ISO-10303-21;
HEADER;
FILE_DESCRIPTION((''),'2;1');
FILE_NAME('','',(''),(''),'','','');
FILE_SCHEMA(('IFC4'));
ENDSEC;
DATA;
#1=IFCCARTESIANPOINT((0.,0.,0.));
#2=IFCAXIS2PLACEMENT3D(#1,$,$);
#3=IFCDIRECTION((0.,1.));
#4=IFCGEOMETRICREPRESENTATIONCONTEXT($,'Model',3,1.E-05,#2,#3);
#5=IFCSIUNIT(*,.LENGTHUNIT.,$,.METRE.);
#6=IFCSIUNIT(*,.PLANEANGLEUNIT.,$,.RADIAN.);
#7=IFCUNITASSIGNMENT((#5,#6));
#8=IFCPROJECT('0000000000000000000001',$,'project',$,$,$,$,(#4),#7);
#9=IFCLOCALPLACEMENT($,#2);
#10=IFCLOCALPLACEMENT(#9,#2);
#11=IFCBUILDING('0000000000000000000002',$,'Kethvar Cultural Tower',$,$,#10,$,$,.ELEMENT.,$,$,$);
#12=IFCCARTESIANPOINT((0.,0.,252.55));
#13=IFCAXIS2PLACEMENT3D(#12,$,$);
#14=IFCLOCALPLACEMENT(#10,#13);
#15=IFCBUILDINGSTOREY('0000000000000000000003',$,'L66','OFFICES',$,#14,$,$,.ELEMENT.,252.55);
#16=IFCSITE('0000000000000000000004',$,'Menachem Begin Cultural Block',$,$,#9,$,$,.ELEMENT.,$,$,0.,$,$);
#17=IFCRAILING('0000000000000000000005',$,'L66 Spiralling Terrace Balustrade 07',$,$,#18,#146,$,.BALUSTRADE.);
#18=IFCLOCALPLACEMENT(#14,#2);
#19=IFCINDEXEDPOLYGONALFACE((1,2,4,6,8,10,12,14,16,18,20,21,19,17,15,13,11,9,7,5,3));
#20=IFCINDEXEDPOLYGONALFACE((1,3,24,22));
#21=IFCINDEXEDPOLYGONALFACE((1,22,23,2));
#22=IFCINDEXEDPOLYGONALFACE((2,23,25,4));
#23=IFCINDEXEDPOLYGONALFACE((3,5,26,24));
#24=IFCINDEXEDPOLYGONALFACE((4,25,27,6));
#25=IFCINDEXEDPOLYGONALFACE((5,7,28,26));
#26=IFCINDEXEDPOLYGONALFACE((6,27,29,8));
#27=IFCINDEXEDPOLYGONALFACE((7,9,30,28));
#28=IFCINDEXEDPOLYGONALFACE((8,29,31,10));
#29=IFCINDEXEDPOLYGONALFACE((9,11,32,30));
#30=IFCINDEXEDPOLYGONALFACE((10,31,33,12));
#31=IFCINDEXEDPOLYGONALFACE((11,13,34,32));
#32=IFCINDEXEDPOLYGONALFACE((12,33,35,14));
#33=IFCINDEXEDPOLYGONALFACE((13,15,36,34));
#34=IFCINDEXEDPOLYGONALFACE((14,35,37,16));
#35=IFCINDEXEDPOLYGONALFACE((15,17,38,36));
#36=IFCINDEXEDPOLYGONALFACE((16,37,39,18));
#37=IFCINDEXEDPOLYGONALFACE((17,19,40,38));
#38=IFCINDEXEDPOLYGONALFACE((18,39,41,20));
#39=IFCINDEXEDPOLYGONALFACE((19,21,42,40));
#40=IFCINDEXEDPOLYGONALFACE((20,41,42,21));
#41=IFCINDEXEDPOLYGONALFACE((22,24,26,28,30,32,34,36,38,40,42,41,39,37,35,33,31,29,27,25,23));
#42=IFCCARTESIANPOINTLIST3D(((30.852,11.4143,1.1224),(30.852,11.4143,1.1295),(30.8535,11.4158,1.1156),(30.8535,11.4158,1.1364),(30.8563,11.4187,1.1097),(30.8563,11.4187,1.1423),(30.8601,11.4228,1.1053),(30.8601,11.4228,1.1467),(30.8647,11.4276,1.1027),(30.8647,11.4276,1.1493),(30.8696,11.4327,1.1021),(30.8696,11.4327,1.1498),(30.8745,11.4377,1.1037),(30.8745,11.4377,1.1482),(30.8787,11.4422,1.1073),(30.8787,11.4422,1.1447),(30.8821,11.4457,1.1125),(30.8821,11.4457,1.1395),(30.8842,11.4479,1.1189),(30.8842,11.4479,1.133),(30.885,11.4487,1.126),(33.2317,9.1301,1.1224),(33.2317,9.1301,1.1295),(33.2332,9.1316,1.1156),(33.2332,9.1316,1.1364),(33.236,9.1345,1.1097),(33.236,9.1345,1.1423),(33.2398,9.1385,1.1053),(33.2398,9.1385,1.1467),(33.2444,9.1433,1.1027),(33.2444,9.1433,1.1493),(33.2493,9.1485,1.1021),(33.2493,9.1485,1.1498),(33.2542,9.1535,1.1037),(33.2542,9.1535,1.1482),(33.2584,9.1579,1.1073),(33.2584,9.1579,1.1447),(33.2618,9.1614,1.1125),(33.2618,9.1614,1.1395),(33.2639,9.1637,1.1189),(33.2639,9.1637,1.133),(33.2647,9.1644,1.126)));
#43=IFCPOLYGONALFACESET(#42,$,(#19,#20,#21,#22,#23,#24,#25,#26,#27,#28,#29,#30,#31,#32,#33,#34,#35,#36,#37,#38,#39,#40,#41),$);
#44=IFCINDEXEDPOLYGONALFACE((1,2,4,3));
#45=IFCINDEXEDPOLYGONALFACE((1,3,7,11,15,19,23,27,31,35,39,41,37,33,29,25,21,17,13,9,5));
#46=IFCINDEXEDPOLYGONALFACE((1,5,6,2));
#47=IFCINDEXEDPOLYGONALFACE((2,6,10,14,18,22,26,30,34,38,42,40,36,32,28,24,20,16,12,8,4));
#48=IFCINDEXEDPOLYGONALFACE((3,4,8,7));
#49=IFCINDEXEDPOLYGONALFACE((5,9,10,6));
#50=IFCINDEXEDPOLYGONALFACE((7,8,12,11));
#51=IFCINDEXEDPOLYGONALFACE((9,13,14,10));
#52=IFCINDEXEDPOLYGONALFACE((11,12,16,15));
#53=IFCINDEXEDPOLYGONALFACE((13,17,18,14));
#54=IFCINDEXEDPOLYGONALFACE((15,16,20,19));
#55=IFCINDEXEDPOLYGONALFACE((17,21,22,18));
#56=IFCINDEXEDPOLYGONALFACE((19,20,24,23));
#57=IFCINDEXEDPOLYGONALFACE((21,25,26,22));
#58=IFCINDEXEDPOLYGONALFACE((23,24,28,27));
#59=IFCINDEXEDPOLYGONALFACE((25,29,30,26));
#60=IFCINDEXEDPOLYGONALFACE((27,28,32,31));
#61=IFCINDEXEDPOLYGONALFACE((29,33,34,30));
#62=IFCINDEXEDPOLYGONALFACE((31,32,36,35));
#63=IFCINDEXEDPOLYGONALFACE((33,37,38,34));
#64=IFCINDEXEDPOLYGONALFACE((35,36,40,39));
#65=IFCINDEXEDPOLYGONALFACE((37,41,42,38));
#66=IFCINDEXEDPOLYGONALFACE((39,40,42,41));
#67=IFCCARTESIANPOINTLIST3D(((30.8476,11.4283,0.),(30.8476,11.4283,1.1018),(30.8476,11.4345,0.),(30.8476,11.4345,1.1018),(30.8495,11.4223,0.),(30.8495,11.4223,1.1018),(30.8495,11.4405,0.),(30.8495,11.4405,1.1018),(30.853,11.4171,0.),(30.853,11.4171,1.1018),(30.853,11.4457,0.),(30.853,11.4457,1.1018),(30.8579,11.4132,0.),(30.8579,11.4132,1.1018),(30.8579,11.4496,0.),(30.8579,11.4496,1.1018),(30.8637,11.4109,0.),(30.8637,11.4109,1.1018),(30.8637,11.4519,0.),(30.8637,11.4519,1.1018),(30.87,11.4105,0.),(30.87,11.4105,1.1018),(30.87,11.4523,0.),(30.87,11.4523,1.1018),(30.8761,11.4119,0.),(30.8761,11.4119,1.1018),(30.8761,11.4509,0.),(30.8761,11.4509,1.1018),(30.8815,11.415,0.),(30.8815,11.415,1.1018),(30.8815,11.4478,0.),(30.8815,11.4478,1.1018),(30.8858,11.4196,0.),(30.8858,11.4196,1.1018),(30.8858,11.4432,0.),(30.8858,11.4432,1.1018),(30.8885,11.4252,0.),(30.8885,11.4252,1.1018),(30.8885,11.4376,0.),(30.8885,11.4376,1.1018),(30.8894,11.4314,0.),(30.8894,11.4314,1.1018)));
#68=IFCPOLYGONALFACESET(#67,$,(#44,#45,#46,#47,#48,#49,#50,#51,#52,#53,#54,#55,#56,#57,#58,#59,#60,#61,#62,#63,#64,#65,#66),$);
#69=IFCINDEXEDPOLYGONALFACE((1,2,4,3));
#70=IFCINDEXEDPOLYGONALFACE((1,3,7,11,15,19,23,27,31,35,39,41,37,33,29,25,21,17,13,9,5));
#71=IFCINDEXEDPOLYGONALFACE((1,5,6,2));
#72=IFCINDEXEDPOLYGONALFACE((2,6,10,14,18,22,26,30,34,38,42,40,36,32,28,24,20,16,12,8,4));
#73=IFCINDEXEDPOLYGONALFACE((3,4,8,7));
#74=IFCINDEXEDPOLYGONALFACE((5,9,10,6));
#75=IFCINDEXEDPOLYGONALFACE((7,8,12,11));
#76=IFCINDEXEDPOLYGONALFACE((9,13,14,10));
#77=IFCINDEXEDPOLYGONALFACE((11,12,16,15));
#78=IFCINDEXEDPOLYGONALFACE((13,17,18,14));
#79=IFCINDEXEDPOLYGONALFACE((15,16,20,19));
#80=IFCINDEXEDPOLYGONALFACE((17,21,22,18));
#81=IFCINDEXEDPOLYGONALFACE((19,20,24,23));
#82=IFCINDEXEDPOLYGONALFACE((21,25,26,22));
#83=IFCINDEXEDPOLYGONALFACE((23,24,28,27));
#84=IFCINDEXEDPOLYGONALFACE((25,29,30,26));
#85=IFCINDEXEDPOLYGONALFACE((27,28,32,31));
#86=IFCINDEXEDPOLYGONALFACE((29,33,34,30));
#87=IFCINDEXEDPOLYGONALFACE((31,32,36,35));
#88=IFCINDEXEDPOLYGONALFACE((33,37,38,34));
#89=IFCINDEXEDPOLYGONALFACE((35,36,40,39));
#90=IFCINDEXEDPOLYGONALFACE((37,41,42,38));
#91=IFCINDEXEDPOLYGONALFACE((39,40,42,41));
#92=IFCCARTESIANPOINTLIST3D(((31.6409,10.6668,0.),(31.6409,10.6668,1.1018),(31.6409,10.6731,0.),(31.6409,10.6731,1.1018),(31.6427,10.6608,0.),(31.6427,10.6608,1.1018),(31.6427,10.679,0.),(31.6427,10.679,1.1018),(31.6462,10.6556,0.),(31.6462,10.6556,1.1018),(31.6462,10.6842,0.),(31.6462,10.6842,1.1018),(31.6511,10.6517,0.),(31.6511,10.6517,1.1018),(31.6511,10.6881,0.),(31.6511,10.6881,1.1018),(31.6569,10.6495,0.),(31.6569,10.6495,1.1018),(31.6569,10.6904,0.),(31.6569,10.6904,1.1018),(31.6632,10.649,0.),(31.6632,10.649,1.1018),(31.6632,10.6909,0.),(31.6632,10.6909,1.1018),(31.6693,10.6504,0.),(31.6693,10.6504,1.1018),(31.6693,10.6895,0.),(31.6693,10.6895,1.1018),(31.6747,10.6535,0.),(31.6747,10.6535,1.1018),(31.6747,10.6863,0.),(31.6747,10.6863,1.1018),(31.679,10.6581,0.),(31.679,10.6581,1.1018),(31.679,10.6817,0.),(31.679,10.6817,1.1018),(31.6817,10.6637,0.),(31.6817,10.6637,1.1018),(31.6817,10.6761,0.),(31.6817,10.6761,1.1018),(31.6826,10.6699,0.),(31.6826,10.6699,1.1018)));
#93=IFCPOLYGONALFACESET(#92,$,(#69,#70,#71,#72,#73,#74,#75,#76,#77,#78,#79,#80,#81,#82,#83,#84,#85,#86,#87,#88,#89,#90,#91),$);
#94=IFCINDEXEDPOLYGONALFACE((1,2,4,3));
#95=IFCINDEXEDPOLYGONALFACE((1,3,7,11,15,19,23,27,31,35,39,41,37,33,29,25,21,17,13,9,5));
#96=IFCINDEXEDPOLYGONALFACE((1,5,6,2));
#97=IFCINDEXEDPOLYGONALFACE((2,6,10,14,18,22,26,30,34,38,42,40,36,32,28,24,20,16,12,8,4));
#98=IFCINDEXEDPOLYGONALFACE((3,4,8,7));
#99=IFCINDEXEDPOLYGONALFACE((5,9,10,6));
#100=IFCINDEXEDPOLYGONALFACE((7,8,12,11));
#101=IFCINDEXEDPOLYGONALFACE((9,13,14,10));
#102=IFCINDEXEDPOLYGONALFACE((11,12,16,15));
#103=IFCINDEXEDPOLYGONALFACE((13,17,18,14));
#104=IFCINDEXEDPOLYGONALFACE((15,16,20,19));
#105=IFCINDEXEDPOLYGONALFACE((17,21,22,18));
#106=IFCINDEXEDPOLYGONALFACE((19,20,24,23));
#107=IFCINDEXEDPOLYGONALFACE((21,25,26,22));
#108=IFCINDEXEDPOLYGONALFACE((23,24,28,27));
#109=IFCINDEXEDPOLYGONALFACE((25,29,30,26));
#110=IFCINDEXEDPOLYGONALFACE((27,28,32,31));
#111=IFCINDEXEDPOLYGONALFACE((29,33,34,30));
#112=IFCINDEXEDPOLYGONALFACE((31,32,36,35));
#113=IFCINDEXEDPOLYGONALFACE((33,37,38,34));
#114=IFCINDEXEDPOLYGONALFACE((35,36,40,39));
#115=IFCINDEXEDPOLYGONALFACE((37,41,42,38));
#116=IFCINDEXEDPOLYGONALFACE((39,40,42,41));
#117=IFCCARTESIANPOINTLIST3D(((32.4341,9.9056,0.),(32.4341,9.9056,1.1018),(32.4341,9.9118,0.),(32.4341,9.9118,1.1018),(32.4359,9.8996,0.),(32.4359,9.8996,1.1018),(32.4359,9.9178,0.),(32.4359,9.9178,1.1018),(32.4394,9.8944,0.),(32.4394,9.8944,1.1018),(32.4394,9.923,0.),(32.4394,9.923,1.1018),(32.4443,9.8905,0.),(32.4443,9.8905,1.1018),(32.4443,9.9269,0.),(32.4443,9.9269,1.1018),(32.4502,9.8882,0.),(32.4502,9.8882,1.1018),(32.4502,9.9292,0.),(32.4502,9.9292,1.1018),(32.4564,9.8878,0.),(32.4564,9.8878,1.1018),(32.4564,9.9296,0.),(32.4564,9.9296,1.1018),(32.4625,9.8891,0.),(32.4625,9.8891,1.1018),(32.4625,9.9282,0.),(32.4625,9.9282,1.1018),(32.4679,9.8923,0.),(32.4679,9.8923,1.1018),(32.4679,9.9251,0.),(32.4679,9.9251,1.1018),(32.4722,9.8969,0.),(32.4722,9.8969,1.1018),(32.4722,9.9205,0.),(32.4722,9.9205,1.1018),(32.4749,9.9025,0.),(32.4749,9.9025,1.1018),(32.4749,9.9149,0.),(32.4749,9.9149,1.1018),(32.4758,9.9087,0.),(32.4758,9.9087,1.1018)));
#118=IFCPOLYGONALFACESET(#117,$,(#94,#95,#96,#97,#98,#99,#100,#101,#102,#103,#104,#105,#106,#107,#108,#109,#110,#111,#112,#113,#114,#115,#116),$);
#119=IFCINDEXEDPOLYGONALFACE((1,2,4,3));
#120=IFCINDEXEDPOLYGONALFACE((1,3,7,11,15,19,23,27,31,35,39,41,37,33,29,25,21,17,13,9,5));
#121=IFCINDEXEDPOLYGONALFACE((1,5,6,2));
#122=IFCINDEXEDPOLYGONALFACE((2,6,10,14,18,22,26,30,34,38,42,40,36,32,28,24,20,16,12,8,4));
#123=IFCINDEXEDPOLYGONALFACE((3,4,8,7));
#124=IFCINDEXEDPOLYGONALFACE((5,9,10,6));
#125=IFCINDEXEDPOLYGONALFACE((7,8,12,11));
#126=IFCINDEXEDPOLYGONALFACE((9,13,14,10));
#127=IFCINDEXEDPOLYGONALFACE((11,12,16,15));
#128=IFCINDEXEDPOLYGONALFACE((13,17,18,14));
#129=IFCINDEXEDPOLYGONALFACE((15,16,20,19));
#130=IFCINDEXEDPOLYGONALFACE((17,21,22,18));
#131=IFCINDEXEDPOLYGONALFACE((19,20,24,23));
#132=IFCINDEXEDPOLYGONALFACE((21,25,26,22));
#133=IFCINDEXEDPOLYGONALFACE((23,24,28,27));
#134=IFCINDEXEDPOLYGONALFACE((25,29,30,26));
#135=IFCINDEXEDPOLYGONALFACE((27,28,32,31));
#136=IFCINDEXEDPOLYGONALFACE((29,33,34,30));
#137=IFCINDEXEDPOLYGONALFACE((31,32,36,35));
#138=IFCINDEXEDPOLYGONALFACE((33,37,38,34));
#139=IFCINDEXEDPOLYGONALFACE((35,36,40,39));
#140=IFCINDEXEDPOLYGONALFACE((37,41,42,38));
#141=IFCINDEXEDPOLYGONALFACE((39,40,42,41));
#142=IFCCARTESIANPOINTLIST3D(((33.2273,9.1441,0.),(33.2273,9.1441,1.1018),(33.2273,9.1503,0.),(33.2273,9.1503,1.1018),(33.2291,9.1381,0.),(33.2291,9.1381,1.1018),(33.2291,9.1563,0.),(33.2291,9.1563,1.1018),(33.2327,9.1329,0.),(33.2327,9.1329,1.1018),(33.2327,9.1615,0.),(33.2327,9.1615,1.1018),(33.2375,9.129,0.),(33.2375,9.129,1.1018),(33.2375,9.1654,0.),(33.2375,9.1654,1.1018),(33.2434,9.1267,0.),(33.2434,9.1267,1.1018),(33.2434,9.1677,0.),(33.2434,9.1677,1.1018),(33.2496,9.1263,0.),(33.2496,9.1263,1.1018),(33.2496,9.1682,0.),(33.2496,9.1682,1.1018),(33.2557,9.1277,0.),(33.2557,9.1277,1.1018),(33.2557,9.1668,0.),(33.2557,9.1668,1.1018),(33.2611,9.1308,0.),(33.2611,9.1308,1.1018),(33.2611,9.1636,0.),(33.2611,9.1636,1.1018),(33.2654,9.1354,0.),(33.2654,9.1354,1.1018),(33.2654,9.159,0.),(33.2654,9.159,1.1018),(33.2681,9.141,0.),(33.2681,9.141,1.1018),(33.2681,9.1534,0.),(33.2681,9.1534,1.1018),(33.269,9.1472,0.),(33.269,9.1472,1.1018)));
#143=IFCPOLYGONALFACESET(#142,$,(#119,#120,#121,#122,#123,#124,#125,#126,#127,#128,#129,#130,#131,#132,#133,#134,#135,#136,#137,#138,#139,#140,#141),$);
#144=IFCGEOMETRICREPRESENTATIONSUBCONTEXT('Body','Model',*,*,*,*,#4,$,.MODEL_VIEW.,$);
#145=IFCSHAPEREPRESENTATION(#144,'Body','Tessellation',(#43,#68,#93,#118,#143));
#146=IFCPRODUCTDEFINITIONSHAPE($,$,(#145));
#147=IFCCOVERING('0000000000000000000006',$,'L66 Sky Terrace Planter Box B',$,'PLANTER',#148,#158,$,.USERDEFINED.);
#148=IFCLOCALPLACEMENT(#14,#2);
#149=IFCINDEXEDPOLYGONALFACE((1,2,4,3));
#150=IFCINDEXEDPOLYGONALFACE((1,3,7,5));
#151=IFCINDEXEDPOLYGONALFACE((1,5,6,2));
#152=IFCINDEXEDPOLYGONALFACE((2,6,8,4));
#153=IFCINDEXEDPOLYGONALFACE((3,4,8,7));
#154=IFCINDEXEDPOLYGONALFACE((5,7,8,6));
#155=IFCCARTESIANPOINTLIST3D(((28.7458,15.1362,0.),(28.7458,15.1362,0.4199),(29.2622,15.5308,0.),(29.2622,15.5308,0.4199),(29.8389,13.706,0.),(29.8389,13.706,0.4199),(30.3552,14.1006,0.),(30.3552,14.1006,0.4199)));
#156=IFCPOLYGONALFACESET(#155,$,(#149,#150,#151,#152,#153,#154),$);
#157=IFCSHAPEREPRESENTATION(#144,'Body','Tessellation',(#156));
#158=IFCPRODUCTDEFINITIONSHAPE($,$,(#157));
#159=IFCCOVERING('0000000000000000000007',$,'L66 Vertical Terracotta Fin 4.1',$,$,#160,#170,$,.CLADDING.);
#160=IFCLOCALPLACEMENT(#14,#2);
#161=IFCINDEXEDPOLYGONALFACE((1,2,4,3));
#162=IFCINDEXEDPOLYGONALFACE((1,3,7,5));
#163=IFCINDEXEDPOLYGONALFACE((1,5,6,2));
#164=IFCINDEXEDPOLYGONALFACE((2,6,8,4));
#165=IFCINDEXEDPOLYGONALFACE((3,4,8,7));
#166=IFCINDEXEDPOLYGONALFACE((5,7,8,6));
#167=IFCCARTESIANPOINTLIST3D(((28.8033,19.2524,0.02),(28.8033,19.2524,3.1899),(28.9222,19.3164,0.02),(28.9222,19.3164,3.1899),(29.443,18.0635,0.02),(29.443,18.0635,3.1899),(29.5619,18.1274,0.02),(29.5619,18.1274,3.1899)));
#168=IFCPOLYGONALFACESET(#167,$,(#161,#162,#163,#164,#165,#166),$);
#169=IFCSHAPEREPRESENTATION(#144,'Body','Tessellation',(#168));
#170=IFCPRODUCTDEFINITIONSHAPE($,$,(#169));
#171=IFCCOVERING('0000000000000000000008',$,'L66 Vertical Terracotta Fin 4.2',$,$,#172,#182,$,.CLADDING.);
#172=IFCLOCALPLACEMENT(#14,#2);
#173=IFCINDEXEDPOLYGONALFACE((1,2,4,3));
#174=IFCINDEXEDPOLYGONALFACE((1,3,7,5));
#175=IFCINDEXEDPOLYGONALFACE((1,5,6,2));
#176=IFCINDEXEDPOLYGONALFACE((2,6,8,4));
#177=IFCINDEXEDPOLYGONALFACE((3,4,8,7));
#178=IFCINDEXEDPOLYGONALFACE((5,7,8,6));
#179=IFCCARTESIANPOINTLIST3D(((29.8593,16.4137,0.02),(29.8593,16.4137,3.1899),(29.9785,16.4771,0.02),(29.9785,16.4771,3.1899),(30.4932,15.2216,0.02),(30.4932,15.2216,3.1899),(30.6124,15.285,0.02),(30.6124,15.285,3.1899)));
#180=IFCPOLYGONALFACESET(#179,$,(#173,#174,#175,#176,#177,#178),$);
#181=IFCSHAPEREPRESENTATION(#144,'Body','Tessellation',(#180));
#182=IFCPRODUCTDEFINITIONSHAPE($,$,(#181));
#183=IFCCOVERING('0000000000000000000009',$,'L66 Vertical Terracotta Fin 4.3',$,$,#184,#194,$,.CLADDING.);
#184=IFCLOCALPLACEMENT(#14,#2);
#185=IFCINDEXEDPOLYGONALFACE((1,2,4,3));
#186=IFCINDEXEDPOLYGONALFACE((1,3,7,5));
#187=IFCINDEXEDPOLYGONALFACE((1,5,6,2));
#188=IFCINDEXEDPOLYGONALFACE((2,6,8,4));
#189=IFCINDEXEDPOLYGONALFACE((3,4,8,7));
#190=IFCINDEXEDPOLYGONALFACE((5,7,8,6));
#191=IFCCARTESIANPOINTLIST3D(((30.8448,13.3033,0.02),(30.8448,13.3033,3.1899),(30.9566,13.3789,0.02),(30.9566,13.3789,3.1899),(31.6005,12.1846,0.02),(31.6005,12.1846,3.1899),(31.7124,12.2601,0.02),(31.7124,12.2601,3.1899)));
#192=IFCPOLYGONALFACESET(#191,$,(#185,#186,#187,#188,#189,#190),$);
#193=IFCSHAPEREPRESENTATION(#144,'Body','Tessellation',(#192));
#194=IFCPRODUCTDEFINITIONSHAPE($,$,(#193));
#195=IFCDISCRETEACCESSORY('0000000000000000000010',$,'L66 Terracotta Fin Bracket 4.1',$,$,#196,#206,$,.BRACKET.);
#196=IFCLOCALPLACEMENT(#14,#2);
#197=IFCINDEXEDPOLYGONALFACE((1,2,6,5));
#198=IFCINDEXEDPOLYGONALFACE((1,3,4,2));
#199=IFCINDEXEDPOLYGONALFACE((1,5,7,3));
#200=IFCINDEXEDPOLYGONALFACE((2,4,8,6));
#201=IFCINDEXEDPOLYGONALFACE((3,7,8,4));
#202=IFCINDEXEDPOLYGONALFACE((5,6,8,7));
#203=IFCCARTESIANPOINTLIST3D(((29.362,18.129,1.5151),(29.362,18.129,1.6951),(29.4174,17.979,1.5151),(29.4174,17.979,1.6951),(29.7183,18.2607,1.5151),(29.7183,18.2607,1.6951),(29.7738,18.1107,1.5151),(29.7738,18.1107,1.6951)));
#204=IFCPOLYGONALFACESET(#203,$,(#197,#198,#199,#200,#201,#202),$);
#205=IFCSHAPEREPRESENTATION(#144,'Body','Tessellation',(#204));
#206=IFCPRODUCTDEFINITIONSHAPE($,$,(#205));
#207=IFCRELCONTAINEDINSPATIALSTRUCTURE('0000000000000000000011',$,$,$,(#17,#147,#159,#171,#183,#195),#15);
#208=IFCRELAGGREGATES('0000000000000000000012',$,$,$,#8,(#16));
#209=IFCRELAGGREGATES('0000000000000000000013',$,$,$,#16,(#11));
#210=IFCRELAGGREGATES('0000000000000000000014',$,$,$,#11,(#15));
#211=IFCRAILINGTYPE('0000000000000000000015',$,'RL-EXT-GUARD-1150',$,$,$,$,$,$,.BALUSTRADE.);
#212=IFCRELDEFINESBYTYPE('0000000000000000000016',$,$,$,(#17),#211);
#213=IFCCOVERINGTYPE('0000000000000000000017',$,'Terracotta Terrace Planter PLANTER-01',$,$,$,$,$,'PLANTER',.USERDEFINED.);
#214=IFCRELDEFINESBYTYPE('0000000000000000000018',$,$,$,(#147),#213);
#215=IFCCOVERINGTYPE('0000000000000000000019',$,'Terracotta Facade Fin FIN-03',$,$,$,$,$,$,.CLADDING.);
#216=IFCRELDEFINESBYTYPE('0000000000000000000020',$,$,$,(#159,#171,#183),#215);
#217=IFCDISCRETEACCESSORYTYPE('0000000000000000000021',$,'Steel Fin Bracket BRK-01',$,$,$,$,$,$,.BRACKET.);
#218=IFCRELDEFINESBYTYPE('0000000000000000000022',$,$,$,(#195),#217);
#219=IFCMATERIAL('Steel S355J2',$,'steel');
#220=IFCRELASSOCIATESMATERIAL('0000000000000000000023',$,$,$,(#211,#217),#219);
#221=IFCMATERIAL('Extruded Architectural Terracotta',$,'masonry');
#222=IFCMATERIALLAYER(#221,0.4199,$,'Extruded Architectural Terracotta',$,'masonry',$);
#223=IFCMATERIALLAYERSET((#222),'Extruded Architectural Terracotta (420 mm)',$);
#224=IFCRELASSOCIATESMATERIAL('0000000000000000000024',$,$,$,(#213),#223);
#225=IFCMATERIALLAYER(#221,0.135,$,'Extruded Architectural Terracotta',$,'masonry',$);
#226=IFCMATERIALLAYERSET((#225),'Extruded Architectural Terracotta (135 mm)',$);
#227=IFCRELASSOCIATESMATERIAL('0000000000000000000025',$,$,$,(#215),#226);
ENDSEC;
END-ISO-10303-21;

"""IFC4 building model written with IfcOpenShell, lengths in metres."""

from ifc_helpers import new_model, si_unit, direction, frame, origin, origin_2d, place, context, subcontext, project, spatial, rectangle, circle, extrude, source, transform, mapped, material, layer, layer_set, type_object, element, save


model = new_model("IFC4")

# Units and contexts
model_context = context("Model", 3, precision=1e-05, world=origin(), true_north=direction((0.0, 1.0)))
body_context = subcontext(model_context, "Body", "Model", "MODEL_VIEW")
ifc_project = project(units=[si_unit("LENGTHUNIT", "METRE"), si_unit("PLANEANGLEUNIT", "RADIAN")], contexts=[model_context])

# Site, building, storey
site_placement = place(None, origin())
site = spatial("IfcSite", under=ifc_project, at=site_placement, Name="Menachem Begin Cultural Block", CompositionType="ELEMENT", RefElevation=0.0)
building_placement = place(site_placement, origin())
building = spatial("IfcBuilding", under=site, at=building_placement, Name="Kethvar Cultural Tower", CompositionType="ELEMENT")
storey_placement = place(building_placement, frame((0.0, 0.0, 252.55)))
storey = spatial("IfcBuildingStorey", under=building, at=storey_placement, Name="L66", Description="OFFICES", CompositionType="ELEMENT", Elevation=252.55)

# Shared definitions
ifc_material_1 = material(Name="Steel S355J2", Category="steel")

# Railing
railing_type = type_object("IfcRailingType", Name="RL-EXT-GUARD-1150", PredefinedType="BALUSTRADE", material=ifc_material_1)
railing_1_placement = place(storey_placement, frame((30.8684, 11.4314, 0.0)))
element("IfcRailing", 1, at=railing_1_placement, inside=storey, type_object=railing_type, Name="L66 Spiralling Terrace Balustrade 07", PredefinedType="BALUSTRADE", context=body_context, shape_type="SweptSolid", body=[
    extrude(circle(Radius=0.0239, at=origin_2d()), frame((0.0, 0.0, 1.126), z_axis=(0.721429, -0.692489, 0.0), x_axis=(0.692489, 0.721429, 0.0)), (0.0, 0.0, 1.0), 3.2986),
    extrude(circle(Radius=0.021, at=origin_2d()), origin(), (0.0, 0.0, 1.0), 1.1018),
    extrude(circle(Radius=0.021, at=origin_2d()), frame((0.7932, -0.7615, 0.0)), (0.0, 0.0, 1.0), 1.1018),
    extrude(circle(Radius=0.021, at=origin_2d()), frame((1.5864, -1.5227, 0.0)), (0.0, 0.0, 1.0), 1.1018),
    extrude(circle(Radius=0.021, at=origin_2d()), frame((2.3796, -2.2842, 0.0)), (0.0, 0.0, 1.0), 1.1018),
])

# Coverings
ifc_material_2 = material(Name="Extruded Architectural Terracotta", Category="masonry")
ifc_layer_1 = layer(ifc_material_2, 0.4199, Name="Extruded Architectural Terracotta", Category="masonry")
ifc_layer_set_1 = layer_set([ifc_layer_1], Name="Extruded Architectural Terracotta (420 mm)")
covering_type_1 = type_object("IfcCoveringType", Name="Terracotta Terrace Planter PLANTER-01", ElementType="PLANTER", PredefinedType="USERDEFINED", material=ifc_layer_set_1)
shared_shape_1 = source(origin(), body_context, "Body", "SweptSolid", [
    extrude(rectangle(XDim=1.8, YDim=0.6499, at=origin_2d()), origin(), (0.0, 0.0, 1.0), 0.4199),
])
covering_1_placement = place(storey_placement, frame((29.5505, 14.6184, 0.0), z_axis=(0.0, 0.0, 1.0), x_axis=(0.607237, -0.794521, 0.0)))
element("IfcCovering", 2, at=covering_1_placement, inside=storey, type_object=covering_type_1, Name="L66 Sky Terrace Planter Box B", ObjectType="PLANTER", PredefinedType="USERDEFINED", context=body_context, shape_type="MappedRepresentation", body=[
    mapped(shared_shape_1, transform((0.0, 0.0, 0.0), scale=1.0)),
])
ifc_layer_2 = layer(ifc_material_2, 0.135, Name="Extruded Architectural Terracotta", Category="masonry")
ifc_layer_set_2 = layer_set([ifc_layer_2], Name="Extruded Architectural Terracotta (135 mm)")
covering_type_2 = type_object("IfcCoveringType", Name="Terracotta Facade Fin FIN-03", PredefinedType="CLADDING", material=ifc_layer_set_2)
shared_shape_2 = source(origin(), body_context, "Body", "SweptSolid", [
    extrude(rectangle(XDim=1.3501, YDim=0.135, at=origin_2d()), origin(), (0.0, 0.0, 1.0), 3.1699),
])
for number, where, z_axis, x_axis, name in (
    (3, (29.1826, 18.6899, 0.02), (0.0, 0.0, 1.0), (-0.473781, 0.880643, 0.0), "L66 Vertical Terracotta Fin 4.1"),
    (4, (30.2358, 15.8494, 0.02), (0.0, 0.0, 1.0), (-0.469472, 0.882948, 0.0), "L66 Vertical Terracotta Fin 4.2"),
    (5, (31.2786, 12.7817, 0.02), (0.0, 0.0, 1.0), (-0.559772, 0.828647, 0.0), "L66 Vertical Terracotta Fin 4.3"),
):
    element("IfcCovering", number, at=place(storey_placement, frame(where, z_axis=z_axis, x_axis=x_axis)), inside=storey, type_object=covering_type_2, Name=name, PredefinedType="CLADDING", context=body_context, shape_type="MappedRepresentation", body=[
        mapped(shared_shape_2, transform((0.0, 0.0, 0.0), scale=1.0)),
    ])

# Discrete accessory
discrete_accessory_type = type_object("IfcDiscreteAccessoryType", Name="Steel Fin Bracket BRK-01", PredefinedType="BRACKET", material=ifc_material_1)
shared_shape_3 = source(origin(), body_context, "Body", "SweptSolid", [
    extrude(rectangle(XDim=0.3799, YDim=0.1599, at=origin_2d()), origin(), (0.0, 0.0, 1.0), 0.1799),
])
for number, where, z_axis, x_axis, name in (
    (6, (29.5679, 18.1199, 1.5151), (0.0, 0.0, 1.0), (-0.93801, -0.346608, 0.0), "L66 Terracotta Fin Bracket 4.1"),
):
    element("IfcDiscreteAccessory", number, at=place(storey_placement, frame(where, z_axis=z_axis, x_axis=x_axis)), inside=storey, type_object=discrete_accessory_type, Name=name, PredefinedType="BRACKET", context=body_context, shape_type="MappedRepresentation", body=[
        mapped(shared_shape_3, transform((0.0, 0.0, 0.0), scale=1.0)),
    ])

save(model, "model.ifc")
